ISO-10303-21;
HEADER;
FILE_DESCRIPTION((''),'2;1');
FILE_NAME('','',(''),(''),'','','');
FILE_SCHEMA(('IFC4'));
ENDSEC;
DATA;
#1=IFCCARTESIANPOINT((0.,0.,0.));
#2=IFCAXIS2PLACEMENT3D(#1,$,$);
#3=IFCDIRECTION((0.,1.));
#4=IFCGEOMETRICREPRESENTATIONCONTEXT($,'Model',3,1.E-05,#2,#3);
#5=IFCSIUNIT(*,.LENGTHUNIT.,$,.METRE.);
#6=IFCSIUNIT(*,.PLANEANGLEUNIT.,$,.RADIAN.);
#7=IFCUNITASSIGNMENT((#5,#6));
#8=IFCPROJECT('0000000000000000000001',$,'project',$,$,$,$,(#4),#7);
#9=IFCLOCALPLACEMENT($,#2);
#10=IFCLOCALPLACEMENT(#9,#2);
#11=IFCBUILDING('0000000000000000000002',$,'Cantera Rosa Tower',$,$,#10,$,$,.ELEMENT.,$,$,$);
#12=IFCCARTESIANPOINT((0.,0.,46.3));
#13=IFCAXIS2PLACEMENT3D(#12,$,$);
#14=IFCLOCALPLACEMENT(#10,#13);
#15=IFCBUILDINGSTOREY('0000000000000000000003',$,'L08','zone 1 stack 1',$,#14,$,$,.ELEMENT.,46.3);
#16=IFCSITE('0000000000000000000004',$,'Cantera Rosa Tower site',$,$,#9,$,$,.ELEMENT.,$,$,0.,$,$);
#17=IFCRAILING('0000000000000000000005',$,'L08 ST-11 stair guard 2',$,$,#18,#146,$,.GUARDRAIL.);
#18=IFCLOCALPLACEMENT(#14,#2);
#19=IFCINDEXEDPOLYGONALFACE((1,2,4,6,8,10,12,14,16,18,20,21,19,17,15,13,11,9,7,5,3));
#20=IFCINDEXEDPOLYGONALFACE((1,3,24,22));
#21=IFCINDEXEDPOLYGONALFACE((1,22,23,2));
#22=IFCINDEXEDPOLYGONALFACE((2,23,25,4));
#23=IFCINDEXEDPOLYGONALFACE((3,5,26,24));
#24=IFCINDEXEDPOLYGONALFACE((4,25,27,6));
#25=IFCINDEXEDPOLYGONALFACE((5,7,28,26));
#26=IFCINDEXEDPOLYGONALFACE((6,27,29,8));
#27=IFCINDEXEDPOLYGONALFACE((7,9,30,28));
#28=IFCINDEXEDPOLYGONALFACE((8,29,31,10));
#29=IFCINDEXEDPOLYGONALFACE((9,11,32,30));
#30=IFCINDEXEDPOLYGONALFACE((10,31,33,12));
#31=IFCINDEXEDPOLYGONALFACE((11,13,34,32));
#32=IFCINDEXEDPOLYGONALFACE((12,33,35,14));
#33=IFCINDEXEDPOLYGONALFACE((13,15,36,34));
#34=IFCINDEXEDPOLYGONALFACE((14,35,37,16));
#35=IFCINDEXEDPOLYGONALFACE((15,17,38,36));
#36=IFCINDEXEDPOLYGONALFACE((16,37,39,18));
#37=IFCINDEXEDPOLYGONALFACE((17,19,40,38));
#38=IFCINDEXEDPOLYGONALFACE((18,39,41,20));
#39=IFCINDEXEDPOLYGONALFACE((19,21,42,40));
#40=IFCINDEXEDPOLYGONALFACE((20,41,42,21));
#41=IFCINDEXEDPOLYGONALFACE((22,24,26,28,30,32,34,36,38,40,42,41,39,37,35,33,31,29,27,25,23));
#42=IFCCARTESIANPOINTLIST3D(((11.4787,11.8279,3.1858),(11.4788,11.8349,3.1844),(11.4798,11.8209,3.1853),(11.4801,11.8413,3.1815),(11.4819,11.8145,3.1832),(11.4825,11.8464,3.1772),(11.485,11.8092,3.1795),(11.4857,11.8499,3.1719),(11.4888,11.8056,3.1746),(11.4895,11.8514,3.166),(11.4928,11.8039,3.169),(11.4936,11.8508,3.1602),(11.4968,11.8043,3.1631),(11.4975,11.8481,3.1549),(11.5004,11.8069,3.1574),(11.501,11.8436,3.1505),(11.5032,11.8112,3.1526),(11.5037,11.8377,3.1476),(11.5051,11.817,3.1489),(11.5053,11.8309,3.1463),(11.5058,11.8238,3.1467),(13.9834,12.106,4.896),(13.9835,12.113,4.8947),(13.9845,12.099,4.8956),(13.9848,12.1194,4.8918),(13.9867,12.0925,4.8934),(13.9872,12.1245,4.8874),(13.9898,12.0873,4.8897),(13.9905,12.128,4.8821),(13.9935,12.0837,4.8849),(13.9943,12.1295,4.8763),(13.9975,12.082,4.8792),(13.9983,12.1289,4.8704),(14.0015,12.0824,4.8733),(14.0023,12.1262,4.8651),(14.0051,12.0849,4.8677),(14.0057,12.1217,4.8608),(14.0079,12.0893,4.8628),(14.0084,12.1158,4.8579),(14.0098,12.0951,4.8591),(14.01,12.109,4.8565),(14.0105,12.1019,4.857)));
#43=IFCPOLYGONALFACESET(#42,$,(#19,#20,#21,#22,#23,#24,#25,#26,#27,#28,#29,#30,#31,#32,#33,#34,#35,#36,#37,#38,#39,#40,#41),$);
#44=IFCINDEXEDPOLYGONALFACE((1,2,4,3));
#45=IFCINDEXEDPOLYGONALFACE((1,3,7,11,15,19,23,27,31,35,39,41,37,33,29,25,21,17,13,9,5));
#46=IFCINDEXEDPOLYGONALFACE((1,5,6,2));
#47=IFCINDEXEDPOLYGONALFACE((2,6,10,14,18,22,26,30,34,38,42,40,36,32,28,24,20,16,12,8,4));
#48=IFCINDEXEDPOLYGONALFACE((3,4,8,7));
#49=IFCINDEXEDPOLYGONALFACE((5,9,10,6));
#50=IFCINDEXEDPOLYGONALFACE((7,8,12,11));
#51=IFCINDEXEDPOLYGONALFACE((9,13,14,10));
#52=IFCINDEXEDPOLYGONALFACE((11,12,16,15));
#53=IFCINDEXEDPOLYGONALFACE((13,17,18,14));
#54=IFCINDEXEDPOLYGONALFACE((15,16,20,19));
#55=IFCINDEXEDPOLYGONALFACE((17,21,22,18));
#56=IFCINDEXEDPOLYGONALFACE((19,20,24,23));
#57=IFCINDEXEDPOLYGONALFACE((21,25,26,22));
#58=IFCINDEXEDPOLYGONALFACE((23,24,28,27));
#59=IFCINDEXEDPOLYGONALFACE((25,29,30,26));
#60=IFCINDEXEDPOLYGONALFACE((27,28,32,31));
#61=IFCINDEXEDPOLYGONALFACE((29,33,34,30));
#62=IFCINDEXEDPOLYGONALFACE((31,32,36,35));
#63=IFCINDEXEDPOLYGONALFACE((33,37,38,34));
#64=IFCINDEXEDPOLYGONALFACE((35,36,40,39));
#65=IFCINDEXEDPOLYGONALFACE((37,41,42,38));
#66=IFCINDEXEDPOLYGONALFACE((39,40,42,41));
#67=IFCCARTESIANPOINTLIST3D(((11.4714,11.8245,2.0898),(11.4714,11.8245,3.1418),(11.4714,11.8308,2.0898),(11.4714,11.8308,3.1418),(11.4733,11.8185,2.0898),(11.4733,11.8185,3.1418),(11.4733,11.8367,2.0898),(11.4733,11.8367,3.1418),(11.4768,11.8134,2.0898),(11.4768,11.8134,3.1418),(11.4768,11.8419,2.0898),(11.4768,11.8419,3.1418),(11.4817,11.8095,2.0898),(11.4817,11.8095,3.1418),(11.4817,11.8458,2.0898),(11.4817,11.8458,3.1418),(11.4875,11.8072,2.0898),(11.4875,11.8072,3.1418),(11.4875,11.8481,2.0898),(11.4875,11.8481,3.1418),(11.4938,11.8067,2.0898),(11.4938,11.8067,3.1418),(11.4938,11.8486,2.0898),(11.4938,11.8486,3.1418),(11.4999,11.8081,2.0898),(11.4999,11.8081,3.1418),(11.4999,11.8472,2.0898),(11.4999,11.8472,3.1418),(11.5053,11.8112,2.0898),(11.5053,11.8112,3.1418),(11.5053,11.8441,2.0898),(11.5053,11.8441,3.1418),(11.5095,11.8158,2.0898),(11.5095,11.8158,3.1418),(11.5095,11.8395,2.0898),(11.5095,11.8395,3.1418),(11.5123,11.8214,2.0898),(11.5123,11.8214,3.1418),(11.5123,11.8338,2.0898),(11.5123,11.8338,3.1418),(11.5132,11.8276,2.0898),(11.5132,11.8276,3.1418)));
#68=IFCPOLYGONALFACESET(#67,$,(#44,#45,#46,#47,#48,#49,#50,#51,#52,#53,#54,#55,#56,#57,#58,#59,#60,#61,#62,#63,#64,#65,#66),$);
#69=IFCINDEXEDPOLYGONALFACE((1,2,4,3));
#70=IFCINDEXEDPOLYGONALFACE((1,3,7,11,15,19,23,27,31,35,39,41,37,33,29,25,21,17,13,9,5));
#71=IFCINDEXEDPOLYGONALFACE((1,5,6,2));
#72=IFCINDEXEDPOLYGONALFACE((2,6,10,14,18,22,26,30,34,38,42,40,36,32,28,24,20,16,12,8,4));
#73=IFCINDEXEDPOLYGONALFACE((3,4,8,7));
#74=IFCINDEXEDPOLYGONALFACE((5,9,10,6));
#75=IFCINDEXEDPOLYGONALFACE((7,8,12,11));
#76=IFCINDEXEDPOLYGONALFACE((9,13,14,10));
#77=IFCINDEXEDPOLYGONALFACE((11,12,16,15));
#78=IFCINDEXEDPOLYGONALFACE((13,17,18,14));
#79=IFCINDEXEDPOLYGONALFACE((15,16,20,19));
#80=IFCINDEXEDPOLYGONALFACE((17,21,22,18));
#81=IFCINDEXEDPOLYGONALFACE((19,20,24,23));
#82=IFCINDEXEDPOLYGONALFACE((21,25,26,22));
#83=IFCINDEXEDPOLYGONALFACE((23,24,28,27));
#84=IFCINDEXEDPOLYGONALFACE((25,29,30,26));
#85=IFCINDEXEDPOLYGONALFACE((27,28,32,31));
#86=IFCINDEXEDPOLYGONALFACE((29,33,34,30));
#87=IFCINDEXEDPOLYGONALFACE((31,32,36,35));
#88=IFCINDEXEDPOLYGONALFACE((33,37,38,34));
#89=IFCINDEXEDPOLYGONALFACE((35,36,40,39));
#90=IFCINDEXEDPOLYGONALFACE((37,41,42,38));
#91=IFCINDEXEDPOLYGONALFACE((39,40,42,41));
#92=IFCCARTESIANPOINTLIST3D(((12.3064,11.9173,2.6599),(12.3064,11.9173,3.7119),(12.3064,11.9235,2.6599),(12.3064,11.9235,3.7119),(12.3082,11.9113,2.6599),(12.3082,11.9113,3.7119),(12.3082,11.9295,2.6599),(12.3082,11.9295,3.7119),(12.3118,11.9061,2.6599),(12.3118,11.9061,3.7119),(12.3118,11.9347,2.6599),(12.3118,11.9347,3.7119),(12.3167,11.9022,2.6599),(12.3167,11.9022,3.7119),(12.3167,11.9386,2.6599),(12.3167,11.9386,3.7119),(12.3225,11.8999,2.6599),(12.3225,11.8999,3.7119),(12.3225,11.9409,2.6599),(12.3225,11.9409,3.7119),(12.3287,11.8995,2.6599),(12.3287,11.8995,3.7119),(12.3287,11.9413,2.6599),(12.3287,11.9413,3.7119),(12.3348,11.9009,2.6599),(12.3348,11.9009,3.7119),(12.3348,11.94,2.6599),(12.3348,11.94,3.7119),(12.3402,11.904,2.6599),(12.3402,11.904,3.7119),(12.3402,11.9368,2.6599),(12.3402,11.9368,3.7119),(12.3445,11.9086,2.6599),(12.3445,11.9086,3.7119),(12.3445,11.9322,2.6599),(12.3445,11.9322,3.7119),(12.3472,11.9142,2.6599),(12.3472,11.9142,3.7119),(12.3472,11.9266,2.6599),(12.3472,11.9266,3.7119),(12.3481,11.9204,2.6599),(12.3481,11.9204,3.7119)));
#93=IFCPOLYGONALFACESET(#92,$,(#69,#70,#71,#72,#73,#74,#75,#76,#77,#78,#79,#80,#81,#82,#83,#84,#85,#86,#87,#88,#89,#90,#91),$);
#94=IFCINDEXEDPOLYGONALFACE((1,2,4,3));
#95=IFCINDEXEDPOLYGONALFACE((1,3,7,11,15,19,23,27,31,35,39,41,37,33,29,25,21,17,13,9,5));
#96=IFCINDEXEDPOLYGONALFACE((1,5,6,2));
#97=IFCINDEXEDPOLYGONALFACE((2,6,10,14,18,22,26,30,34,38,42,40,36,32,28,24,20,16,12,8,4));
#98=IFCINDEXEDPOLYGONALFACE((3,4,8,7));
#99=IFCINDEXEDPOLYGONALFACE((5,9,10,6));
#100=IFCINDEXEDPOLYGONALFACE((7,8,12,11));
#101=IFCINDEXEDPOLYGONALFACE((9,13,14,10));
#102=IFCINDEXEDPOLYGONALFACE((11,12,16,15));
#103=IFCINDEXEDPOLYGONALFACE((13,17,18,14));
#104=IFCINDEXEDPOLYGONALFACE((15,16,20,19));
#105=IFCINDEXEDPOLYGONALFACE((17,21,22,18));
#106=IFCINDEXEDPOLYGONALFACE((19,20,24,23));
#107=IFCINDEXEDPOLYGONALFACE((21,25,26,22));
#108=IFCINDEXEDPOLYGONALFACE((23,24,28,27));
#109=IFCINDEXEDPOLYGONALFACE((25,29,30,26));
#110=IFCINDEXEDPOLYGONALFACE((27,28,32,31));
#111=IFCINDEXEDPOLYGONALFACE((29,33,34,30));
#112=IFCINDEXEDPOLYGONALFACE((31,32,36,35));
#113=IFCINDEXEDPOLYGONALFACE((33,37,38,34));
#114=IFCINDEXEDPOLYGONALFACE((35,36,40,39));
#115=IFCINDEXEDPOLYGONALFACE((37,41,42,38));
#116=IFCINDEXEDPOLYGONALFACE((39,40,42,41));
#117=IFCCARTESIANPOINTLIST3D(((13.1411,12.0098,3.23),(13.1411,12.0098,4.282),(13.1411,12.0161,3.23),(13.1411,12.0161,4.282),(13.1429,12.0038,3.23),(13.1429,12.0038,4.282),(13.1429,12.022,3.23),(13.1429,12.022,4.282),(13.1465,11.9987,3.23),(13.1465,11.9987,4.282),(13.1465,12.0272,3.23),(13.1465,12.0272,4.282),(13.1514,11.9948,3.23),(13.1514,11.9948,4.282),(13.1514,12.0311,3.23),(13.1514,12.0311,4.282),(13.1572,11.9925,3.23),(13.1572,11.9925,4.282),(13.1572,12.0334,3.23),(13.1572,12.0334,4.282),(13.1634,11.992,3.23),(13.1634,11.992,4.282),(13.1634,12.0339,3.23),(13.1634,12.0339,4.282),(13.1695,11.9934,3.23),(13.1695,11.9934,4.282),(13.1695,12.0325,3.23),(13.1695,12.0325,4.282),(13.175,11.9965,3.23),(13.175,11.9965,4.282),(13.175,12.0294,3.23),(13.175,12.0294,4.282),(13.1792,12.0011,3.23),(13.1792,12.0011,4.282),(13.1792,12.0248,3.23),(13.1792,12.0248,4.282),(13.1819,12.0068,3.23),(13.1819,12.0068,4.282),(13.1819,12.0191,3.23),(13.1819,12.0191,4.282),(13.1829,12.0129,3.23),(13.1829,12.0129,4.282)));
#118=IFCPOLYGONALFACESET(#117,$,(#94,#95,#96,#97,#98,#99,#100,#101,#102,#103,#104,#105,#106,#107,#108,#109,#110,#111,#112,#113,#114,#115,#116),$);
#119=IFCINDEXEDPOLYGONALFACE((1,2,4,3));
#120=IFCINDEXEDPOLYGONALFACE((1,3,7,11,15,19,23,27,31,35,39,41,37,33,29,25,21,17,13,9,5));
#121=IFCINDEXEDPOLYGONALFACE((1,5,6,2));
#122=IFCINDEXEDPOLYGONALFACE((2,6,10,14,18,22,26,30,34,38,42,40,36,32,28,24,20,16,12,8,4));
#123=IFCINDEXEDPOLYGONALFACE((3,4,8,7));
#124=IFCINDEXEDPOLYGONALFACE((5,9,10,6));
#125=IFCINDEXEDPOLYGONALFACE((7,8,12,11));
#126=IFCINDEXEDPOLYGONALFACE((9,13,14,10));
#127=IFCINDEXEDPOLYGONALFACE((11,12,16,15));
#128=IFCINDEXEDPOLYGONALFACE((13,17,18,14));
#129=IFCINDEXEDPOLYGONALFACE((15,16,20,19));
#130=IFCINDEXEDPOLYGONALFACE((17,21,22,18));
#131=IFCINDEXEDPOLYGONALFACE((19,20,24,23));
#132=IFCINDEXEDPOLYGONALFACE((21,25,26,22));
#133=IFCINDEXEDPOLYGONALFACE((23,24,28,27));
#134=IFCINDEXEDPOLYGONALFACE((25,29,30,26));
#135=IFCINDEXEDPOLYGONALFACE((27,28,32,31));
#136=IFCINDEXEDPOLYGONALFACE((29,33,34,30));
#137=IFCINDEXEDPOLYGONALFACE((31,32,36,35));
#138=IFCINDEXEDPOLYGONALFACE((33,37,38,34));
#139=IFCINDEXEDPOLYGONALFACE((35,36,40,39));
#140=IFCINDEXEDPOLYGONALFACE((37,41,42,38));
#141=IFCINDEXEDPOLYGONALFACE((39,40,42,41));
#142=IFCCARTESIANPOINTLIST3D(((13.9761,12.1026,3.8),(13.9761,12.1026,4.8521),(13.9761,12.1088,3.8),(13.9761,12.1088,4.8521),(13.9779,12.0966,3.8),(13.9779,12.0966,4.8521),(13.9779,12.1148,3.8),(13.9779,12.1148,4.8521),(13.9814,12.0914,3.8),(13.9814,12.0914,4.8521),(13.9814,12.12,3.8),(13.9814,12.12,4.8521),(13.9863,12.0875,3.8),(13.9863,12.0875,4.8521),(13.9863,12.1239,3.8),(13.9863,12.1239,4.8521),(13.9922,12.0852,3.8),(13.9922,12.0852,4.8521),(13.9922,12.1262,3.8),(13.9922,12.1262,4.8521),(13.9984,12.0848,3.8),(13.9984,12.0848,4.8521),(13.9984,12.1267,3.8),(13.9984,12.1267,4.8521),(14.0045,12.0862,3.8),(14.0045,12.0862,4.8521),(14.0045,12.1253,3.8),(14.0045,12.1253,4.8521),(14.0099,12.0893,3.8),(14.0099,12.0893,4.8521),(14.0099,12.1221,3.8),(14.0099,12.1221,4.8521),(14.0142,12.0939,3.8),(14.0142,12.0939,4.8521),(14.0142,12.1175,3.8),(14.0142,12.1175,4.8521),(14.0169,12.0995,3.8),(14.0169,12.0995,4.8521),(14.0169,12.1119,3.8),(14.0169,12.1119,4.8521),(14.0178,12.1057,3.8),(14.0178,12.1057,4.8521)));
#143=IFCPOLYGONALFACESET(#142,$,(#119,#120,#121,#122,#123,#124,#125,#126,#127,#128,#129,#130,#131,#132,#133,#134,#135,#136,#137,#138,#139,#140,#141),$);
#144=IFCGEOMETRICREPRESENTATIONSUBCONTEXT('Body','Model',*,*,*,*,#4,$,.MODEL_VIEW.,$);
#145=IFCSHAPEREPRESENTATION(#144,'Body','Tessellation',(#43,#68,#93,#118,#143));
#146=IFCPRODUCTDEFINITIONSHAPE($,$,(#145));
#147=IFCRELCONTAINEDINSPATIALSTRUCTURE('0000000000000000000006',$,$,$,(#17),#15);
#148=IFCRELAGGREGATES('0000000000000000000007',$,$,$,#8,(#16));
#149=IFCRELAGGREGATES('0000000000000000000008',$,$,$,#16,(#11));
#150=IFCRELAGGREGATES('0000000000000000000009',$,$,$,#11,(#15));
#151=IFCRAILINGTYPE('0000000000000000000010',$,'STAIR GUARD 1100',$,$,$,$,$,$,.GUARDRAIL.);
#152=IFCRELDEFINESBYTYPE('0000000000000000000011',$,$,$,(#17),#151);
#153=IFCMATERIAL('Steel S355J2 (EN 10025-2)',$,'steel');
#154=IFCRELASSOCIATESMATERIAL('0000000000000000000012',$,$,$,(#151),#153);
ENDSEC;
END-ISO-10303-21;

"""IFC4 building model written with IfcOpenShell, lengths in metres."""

from ifc_helpers import new_model, si_unit, direction, frame, origin, origin_2d, place, context, subcontext, project, spatial, circle, extrude, material, type_object, element, save


model = new_model("IFC4")

# Units and contexts
model_context = context("Model", 3, precision=1e-05, world=origin(), true_north=direction((0.0, 1.0)))
body_context = subcontext(model_context, "Body", "Model", "MODEL_VIEW")
ifc_project = project(units=[si_unit("LENGTHUNIT", "METRE"), si_unit("PLANEANGLEUNIT", "RADIAN")], contexts=[model_context])

# Site, building, storey
site_placement = place(None, origin())
site = spatial("IfcSite", under=ifc_project, at=site_placement, Name="Cantera Rosa Tower site", CompositionType="ELEMENT", RefElevation=0.0)
building_placement = place(site_placement, origin())
building = spatial("IfcBuilding", under=site, at=building_placement, Name="Cantera Rosa Tower", CompositionType="ELEMENT")
storey_placement = place(building_placement, frame((0.0, 0.0, 46.3)))
storey = spatial("IfcBuildingStorey", under=building, at=storey_placement, Name="L08", Description="zone 1 stack 1", CompositionType="ELEMENT", Elevation=46.3)

# Railing
ifc_material_1 = material(Name="Steel S355J2 (EN 10025-2)", Category="steel")
railing_type_1 = type_object("IfcRailingType", Name="STAIR GUARD 1100", PredefinedType="GUARDRAIL", material=ifc_material_1)
railing_1_placement = place(storey_placement, frame((11.4922, 11.8276, 2.0898)))
element("IfcRailing", 1, at=railing_1_placement, inside=storey, type_object=railing_type_1, Name="L08 ST-11 stair guard 2", PredefinedType="GUARDRAIL", context=body_context, shape_type="SweptSolid", body=[
    extrude(circle(Radius=0.0239, at=origin_2d()), frame((0.0, 0.0, 1.0762), z_axis=(0.822394, 0.091306, 0.561543), x_axis=(-0.110346, 0.993893, 0.0)), (0.0, 0.0, 1.0), 3.0457),
    extrude(circle(Radius=0.021, at=origin_2d()), origin(), (0.0, 0.0, 1.0), 1.052),
    extrude(circle(Radius=0.021, at=origin_2d()), frame((0.835, 0.0928, 0.5701)), (0.0, 0.0, 1.0), 1.052),
    extrude(circle(Radius=0.021, at=origin_2d()), frame((1.6697, 0.1853, 1.1401)), (0.0, 0.0, 1.0), 1.052),
    extrude(circle(Radius=0.021, at=origin_2d()), frame((2.5046, 0.2781, 1.7102)), (0.0, 0.0, 1.0), 1.052),
])

save(model, "model.ifc")
